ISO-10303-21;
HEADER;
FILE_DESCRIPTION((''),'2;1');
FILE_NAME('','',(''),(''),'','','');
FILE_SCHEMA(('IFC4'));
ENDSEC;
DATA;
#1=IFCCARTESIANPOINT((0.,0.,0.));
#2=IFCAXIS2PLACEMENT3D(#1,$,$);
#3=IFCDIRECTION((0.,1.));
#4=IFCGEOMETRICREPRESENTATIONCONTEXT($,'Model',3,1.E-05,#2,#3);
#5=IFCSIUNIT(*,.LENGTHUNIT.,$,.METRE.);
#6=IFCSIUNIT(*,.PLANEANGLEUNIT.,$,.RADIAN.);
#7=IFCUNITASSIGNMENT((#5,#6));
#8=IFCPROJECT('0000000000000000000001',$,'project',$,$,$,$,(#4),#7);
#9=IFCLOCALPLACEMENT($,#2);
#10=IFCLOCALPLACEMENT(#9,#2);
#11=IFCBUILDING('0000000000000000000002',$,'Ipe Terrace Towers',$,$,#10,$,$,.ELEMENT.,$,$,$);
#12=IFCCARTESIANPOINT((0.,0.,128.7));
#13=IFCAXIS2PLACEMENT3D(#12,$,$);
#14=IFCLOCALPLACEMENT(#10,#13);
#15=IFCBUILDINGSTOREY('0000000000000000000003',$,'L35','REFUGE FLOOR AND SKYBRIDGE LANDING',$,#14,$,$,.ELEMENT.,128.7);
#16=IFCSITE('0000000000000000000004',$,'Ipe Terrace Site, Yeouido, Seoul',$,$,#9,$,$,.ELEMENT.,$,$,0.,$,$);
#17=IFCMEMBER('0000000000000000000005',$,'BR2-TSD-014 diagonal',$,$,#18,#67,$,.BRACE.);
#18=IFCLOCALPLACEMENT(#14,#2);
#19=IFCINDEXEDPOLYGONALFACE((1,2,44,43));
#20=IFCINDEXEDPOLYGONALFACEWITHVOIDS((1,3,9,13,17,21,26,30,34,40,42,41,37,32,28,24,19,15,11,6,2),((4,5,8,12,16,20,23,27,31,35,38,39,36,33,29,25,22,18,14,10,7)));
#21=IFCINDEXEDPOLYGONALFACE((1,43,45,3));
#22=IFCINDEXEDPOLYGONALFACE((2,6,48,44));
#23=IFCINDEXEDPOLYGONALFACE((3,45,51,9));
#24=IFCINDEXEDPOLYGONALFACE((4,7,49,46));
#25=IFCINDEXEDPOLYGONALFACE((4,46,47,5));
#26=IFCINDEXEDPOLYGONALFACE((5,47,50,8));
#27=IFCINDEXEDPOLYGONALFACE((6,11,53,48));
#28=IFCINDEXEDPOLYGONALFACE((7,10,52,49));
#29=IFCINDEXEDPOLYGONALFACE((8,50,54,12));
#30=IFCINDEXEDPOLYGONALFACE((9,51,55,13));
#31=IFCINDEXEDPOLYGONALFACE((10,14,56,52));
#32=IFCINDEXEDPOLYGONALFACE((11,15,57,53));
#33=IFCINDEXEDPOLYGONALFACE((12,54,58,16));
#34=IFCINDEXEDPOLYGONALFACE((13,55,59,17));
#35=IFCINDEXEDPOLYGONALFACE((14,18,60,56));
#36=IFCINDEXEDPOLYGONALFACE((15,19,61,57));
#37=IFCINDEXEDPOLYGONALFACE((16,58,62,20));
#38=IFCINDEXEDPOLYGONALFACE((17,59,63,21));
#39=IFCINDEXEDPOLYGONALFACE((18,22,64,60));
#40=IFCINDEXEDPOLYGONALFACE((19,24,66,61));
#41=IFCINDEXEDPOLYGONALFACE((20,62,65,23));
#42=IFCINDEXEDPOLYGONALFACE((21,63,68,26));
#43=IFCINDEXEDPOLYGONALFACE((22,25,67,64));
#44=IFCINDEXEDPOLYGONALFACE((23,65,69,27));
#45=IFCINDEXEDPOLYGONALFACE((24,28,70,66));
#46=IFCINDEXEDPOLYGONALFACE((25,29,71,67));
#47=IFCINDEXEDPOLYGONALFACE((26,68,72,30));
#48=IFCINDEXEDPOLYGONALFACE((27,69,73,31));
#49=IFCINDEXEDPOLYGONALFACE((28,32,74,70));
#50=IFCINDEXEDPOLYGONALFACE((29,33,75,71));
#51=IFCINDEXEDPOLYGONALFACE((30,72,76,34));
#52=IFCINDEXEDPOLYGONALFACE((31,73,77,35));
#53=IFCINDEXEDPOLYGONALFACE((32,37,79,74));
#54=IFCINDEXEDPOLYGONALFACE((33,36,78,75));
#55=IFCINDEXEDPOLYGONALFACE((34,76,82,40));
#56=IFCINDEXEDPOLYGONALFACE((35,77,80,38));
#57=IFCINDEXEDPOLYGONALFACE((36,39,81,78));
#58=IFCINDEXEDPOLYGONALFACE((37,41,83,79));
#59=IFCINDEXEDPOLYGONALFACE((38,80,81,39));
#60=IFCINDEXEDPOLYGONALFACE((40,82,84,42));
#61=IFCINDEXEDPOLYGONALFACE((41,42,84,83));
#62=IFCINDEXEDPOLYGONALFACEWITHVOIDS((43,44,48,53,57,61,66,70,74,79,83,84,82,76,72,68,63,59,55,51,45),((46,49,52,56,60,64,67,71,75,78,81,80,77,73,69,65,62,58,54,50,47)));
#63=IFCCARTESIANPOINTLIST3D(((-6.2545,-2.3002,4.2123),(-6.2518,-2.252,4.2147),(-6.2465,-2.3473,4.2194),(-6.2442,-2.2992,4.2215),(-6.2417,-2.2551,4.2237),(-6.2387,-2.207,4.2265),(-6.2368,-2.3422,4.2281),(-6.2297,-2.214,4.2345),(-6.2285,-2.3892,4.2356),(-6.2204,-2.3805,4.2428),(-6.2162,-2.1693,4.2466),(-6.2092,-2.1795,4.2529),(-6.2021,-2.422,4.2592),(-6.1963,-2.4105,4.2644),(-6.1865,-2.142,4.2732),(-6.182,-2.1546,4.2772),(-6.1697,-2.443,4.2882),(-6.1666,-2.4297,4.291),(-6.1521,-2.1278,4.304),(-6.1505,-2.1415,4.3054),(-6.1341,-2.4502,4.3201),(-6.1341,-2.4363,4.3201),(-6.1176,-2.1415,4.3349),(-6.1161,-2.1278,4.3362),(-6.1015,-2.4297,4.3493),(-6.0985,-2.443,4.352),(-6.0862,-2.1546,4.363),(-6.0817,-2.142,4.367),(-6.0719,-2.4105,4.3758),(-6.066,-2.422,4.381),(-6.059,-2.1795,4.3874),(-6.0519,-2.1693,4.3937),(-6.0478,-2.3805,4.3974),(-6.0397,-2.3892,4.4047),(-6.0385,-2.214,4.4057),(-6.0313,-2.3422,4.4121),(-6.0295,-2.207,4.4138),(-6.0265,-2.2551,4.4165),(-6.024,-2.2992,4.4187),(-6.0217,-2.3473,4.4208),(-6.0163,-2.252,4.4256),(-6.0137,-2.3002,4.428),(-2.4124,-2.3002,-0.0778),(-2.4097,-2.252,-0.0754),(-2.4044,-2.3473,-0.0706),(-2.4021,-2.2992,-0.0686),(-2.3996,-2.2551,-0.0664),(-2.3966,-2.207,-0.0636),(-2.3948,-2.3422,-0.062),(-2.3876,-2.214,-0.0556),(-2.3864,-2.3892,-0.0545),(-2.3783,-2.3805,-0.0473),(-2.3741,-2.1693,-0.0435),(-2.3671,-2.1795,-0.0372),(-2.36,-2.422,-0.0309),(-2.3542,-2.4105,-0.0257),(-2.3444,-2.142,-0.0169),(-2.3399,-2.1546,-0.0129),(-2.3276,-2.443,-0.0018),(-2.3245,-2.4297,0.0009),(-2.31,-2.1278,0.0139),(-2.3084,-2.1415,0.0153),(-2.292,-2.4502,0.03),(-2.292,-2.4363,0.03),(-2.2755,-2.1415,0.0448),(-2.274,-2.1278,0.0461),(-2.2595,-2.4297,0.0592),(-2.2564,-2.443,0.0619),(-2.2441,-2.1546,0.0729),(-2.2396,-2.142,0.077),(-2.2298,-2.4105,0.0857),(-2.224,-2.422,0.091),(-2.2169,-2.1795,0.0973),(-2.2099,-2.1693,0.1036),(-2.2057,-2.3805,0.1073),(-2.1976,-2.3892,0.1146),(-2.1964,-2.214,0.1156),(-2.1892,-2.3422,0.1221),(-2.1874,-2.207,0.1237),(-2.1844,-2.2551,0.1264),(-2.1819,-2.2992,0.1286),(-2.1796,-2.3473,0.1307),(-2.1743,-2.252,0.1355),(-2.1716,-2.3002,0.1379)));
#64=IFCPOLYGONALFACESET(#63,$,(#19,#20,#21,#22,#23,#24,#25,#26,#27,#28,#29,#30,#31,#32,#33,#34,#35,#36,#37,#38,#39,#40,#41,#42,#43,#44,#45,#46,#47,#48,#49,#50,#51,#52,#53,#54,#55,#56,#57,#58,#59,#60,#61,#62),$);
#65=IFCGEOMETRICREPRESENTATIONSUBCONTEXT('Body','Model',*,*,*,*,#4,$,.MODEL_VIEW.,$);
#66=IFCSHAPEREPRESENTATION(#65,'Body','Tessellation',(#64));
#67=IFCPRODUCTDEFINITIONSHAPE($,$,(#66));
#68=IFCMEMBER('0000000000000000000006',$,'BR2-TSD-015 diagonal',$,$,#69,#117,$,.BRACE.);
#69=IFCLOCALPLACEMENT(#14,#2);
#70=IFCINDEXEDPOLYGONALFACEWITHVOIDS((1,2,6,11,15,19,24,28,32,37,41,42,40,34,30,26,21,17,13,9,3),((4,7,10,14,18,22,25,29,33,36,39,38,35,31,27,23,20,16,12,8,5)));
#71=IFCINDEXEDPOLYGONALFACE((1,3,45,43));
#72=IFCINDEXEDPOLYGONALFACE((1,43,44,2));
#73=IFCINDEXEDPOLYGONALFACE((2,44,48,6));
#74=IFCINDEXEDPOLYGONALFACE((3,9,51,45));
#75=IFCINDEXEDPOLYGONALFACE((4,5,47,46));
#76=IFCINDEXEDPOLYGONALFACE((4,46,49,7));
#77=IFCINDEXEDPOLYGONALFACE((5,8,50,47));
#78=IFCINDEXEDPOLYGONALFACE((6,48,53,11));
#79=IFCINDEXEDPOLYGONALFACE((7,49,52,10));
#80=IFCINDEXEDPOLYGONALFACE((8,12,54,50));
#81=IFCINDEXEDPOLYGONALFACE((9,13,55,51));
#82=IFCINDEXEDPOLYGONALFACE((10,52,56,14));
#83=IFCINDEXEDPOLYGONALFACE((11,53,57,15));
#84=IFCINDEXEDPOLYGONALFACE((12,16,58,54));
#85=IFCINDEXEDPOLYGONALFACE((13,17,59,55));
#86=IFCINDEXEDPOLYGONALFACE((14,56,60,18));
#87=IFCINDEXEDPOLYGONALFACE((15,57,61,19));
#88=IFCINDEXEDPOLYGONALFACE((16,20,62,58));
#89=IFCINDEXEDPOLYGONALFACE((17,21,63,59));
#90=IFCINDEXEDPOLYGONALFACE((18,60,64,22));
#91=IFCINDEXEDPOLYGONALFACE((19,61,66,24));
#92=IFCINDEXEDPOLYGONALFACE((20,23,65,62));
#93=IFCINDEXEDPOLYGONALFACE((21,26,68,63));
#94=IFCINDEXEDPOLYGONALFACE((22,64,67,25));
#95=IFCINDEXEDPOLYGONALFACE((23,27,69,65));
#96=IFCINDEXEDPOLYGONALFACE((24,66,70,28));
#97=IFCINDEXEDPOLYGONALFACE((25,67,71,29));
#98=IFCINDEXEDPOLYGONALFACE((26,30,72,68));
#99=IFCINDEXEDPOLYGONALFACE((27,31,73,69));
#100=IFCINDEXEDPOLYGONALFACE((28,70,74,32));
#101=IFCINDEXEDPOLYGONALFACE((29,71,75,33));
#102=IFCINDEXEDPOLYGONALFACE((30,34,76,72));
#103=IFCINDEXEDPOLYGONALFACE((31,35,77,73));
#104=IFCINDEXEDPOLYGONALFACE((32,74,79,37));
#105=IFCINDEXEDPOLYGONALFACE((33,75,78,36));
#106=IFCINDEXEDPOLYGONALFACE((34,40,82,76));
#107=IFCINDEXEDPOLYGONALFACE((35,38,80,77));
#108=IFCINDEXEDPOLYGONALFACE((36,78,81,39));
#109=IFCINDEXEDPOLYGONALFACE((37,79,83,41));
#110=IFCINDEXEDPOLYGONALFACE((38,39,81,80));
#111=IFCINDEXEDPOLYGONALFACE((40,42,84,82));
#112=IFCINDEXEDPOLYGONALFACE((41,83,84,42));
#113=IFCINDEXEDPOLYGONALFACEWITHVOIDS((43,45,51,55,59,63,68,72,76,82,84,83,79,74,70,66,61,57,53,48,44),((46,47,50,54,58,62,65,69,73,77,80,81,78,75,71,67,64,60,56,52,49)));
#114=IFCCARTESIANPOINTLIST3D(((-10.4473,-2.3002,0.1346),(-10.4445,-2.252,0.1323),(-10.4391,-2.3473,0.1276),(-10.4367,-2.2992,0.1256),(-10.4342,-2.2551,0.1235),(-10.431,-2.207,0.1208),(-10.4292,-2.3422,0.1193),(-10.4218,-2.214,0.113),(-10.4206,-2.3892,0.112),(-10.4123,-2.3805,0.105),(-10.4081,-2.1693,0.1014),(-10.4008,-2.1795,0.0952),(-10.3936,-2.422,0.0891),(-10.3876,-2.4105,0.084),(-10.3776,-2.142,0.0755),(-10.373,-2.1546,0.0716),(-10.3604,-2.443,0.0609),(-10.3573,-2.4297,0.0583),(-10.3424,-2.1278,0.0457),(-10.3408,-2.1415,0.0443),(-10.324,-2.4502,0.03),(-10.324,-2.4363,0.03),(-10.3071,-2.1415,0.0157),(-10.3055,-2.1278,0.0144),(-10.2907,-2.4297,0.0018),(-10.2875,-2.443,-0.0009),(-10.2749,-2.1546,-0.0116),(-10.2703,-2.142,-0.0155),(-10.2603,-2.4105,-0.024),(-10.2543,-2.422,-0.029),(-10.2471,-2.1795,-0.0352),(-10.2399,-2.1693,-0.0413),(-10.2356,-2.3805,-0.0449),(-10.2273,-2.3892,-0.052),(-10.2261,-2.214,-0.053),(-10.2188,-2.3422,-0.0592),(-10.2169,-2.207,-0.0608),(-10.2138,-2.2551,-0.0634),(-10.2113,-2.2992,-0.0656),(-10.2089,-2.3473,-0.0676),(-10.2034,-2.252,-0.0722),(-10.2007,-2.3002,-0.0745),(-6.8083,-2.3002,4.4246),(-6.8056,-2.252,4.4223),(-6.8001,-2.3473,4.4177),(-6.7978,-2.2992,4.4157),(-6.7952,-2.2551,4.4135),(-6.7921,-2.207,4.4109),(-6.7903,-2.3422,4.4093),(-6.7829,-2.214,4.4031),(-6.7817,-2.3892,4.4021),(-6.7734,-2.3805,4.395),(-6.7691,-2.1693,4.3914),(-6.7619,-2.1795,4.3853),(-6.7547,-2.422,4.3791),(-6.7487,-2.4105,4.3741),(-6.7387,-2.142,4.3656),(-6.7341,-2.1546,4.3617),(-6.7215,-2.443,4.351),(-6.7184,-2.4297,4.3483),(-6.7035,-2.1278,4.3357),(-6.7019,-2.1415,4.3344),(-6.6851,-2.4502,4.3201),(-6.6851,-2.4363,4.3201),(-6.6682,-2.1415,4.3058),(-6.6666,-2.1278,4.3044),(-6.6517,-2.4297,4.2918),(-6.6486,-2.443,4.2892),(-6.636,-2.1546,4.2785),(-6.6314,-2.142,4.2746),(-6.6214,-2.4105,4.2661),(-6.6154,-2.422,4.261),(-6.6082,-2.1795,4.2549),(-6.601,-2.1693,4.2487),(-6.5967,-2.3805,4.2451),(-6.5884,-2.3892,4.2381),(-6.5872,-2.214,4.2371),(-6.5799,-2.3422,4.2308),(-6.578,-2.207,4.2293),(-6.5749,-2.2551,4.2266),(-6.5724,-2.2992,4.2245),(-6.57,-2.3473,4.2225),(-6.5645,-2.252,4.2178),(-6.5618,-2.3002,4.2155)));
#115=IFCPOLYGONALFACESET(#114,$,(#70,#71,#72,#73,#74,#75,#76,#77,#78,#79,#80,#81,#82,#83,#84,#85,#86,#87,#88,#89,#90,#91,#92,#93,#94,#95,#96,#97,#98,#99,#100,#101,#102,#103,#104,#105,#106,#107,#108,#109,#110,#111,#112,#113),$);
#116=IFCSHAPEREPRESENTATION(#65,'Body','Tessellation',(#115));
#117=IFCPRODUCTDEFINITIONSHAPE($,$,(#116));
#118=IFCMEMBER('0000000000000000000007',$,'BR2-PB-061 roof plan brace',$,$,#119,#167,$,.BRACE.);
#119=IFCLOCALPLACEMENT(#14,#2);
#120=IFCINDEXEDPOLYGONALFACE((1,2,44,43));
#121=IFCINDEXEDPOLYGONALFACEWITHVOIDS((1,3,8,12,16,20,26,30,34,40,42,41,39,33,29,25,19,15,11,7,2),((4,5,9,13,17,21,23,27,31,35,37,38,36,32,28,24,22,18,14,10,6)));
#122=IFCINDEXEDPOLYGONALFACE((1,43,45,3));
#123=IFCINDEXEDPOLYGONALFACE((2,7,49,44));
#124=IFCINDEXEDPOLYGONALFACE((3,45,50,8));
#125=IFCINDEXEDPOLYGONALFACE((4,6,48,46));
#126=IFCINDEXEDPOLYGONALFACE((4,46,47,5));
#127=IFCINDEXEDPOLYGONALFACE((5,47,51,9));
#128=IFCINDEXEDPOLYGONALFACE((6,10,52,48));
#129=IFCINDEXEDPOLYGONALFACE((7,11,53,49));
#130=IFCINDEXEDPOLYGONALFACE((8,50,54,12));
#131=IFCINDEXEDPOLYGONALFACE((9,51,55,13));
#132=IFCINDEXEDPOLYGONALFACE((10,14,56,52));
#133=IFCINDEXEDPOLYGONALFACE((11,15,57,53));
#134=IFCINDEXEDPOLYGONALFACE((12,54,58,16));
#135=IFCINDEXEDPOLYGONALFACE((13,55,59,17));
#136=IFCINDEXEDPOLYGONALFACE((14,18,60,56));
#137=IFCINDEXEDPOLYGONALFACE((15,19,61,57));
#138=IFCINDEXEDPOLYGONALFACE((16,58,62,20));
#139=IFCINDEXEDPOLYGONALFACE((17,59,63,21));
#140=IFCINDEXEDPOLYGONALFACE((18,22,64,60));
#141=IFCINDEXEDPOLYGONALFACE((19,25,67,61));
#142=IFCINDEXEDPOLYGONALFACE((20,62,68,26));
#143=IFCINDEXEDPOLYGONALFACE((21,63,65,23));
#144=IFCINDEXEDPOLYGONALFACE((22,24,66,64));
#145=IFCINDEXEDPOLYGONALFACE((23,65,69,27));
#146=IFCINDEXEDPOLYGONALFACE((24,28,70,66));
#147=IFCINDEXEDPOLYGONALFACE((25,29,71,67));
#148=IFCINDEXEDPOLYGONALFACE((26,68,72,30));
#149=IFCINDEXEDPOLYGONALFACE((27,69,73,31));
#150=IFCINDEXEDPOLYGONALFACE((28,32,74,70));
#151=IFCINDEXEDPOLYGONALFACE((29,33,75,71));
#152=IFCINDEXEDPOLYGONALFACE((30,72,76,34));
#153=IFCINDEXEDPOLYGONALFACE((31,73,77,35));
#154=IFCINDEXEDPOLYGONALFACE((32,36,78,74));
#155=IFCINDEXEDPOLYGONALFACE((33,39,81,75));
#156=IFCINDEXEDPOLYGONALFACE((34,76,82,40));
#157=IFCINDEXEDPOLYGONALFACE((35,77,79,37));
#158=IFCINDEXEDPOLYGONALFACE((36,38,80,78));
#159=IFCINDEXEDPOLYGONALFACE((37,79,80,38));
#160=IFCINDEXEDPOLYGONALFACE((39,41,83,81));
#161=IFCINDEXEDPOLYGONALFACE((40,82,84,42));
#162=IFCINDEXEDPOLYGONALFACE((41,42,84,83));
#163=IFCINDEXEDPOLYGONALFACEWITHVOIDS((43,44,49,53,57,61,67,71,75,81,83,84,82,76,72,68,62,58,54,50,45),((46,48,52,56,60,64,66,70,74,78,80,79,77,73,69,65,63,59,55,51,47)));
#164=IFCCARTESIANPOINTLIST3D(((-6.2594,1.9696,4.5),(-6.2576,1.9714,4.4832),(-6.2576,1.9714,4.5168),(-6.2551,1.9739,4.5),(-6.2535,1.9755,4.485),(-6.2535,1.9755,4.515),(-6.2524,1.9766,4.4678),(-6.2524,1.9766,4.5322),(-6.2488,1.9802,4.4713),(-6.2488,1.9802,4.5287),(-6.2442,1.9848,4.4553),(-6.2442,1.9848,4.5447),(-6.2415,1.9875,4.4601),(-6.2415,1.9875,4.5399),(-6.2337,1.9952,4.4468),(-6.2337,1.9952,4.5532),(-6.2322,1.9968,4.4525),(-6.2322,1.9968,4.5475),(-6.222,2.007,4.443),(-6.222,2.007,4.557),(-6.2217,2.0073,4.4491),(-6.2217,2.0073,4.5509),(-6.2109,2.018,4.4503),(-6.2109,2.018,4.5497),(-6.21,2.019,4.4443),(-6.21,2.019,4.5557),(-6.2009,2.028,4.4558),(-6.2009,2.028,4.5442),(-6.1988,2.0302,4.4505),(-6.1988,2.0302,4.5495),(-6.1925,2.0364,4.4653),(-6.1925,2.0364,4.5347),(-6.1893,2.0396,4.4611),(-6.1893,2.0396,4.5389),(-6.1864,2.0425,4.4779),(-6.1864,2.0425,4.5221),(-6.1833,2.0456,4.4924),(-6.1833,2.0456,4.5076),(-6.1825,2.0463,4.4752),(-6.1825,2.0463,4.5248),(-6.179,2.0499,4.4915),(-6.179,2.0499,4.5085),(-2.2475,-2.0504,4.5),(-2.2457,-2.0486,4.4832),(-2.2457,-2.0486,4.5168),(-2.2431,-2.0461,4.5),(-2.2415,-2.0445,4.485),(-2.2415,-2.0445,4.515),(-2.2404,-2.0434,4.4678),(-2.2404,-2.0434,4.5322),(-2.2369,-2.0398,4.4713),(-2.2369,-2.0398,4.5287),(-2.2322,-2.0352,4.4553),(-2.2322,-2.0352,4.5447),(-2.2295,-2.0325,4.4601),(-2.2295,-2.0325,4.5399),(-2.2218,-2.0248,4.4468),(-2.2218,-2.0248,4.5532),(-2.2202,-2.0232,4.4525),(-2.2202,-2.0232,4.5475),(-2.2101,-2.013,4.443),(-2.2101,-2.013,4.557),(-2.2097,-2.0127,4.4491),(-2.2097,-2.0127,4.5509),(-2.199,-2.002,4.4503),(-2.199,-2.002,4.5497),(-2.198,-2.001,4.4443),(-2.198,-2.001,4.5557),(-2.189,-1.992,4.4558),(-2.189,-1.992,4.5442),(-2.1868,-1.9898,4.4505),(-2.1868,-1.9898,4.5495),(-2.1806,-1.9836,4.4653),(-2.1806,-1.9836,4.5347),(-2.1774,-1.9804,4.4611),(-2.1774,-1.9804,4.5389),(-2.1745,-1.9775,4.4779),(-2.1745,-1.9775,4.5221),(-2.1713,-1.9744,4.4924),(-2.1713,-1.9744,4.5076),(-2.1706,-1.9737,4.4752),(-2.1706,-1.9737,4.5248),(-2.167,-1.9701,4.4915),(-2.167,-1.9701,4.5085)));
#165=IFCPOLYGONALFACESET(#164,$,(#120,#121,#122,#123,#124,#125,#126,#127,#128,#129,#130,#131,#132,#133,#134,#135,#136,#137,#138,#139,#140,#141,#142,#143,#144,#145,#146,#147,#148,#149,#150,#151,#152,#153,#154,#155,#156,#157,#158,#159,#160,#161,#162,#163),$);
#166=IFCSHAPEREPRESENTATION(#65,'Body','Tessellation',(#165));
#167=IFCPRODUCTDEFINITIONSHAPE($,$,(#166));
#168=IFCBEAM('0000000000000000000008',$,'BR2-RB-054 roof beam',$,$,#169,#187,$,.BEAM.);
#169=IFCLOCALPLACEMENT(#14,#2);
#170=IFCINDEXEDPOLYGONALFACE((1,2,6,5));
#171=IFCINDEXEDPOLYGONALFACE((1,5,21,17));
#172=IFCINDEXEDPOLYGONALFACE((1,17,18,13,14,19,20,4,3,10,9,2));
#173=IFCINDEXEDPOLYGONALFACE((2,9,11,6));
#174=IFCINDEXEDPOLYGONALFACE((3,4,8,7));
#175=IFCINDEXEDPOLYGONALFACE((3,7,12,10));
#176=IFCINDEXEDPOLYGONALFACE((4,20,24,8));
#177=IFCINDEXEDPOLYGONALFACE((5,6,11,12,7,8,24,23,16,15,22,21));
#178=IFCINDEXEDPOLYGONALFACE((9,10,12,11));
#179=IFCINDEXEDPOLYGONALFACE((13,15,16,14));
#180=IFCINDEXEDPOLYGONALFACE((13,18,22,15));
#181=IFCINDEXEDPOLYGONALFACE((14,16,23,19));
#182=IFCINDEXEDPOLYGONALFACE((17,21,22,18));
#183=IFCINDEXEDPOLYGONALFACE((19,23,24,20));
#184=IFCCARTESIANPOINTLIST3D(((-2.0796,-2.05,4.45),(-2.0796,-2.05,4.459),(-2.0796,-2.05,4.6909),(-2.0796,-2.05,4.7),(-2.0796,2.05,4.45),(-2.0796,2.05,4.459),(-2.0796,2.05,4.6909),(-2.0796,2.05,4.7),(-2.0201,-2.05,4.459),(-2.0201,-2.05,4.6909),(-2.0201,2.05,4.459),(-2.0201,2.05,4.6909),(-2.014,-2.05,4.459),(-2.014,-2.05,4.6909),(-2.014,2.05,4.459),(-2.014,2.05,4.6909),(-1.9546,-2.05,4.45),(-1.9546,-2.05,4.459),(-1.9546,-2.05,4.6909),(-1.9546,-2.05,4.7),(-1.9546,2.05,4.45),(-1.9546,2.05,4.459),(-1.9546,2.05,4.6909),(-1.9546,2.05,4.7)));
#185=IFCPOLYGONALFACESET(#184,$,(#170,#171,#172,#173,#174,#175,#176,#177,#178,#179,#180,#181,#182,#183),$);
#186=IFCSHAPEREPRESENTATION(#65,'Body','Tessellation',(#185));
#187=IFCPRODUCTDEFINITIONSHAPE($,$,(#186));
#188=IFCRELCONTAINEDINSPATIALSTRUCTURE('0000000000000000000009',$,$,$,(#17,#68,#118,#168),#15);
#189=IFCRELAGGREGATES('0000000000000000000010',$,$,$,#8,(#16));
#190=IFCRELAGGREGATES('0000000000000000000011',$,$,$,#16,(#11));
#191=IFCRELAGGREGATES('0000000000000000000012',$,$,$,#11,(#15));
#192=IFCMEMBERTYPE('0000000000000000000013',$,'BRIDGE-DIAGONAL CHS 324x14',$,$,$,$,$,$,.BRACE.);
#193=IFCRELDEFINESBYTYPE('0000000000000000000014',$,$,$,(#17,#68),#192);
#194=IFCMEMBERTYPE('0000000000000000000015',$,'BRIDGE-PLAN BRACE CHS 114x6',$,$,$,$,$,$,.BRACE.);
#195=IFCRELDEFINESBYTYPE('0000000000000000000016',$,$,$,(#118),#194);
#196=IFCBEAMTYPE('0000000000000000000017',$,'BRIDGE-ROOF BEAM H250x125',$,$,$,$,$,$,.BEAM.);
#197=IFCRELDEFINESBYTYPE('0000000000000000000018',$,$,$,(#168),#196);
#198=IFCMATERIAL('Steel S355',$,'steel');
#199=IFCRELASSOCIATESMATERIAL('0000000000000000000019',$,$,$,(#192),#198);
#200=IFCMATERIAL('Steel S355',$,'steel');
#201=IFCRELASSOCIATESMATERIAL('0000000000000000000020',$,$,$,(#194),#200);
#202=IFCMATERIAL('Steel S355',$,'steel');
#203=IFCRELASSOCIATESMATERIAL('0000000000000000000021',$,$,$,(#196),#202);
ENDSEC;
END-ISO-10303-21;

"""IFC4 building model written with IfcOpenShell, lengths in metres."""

from ifc_helpers import new_model, si_unit, direction, frame, origin, origin_2d, place, context, subcontext, project, spatial, hollow_circle, i_section, extrude, material, material_profile, profile_set, type_object, element, save


model = new_model("IFC4")

# Units and contexts
model_context = context("Model", 3, precision=1e-05, world=origin(), true_north=direction((0.0, 1.0)))
body_context = subcontext(model_context, "Body", "Model", "MODEL_VIEW")
ifc_project = project(units=[si_unit("LENGTHUNIT", "METRE"), si_unit("PLANEANGLEUNIT", "RADIAN")], contexts=[model_context])

# Site, building, storey
site_placement = place(None, origin())
site = spatial("IfcSite", under=ifc_project, at=site_placement, Name="Ipe Terrace Site, Yeouido, Seoul", CompositionType="ELEMENT", RefElevation=0.0)
building_placement = place(site_placement, origin())
building = spatial("IfcBuilding", under=site, at=building_placement, Name="Ipe Terrace Towers", CompositionType="ELEMENT")
storey_placement = place(building_placement, frame((0.0, 0.0, 128.7)))
storey = spatial("IfcBuildingStorey", under=building, at=storey_placement, Name="L35", Description="REFUGE FLOOR AND SKYBRIDGE LANDING", CompositionType="ELEMENT", Elevation=128.7)

# Members
ifc_material_1 = material(Name="Steel S355", Category="steel")
ifc_material_profile_1 = material_profile(ifc_material_1, hollow_circle(Radius=0.1621, WallThickness=0.0139, at=origin_2d()), Name="BRIDGE-DIAGONAL CHS 324x14")
ifc_profile_set_1 = profile_set([ifc_material_profile_1], Name="Steel S355")
member_type_1 = type_object("IfcMemberType", Name="BRIDGE-DIAGONAL CHS 324x14", PredefinedType="BRACE", material=ifc_profile_set_1)
member_1_placement = place(storey_placement, frame((-2.292, -2.2881, 0.03), z_axis=(-0.667141, 0.0, 0.744932), x_axis=(0.0, -1.0, 0.0)))
element("IfcMember", 1, at=member_1_placement, inside=storey, type_object=member_type_1, Name="BR2-TSD-014 diagonal", PredefinedType="BRACE", context=body_context, shape_type="SweptSolid", body=[
    extrude(hollow_circle(Radius=0.1621, WallThickness=0.0139, at=origin_2d()), origin(), (0.0, 0.0, 1.0), 5.759),
])
member_2_placement = place(storey_placement, frame((-6.6851, -2.2881, 4.3201), z_axis=(-0.646862, 0.0, -0.762607), x_axis=(0.0, -1.0, 0.0)))
element("IfcMember", 2, at=member_2_placement, inside=storey, type_object=member_type_1, Name="BR2-TSD-015 diagonal", PredefinedType="BRACE", context=body_context, shape_type="SweptSolid", body=[
    extrude(hollow_circle(Radius=0.1621, WallThickness=0.0139, at=origin_2d()), origin(), (0.0, 0.0, 1.0), 5.6255),
])
ifc_material_2 = material(Name="Steel S355", Category="steel")
ifc_material_profile_2 = material_profile(ifc_material_2, hollow_circle(Radius=0.0571, WallThickness=0.0061, at=origin_2d()), Name="BRIDGE-PLAN BRACE CHS 114x6")
ifc_profile_set_2 = profile_set([ifc_material_profile_2], Name="Steel S355")
member_type_2 = type_object("IfcMemberType", Name="BRIDGE-PLAN BRACE CHS 114x6", PredefinedType="BRACE", material=ifc_profile_set_2)
member_3_placement = place(storey_placement, frame((-2.207, -2.01, 4.5), z_axis=(-0.706397, 0.707816, 0.0), x_axis=(-0.707816, -0.706397, 0.0)))
element("IfcMember", 3, at=member_3_placement, inside=storey, type_object=member_type_2, Name="BR2-PB-061 roof plan brace", PredefinedType="BRACE", context=body_context, shape_type="SweptSolid", body=[
    extrude(hollow_circle(Radius=0.0571, WallThickness=0.0061, at=origin_2d()), origin(), (0.0, 0.0, 1.0), 5.6794),
])

# Beam
ifc_material_3 = material(Name="Steel S355", Category="steel")
ifc_material_profile_3 = material_profile(ifc_material_3, i_section(OverallWidth=0.125, OverallDepth=0.25, WebThickness=0.0061, FlangeThickness=0.009, at=origin_2d()), Name="H250x125")
ifc_profile_set_3 = profile_set([ifc_material_profile_3], Name="Steel S355")
beam_type_1 = type_object("IfcBeamType", Name="BRIDGE-ROOF BEAM H250x125", PredefinedType="BEAM", material=ifc_profile_set_3)
for number, where, z_axis, x_axis, name in (
    (4, (-2.0171, -2.05, 4.575), (0.0, 1.0, 0.0), (-1.0, 0.0, 0.0), "BR2-RB-054 roof beam"),
):
    element("IfcBeam", number, at=place(storey_placement, frame(where, z_axis=z_axis, x_axis=x_axis)), inside=storey, type_object=beam_type_1, Name=name, PredefinedType="BEAM", context=body_context, shape_type="SweptSolid", body=[
        extrude(i_section(OverallWidth=0.125, OverallDepth=0.25, WebThickness=0.0061, FlangeThickness=0.009, at=origin_2d()), origin(), (0.0, 0.0, 1.0), 4.1001),
    ])

save(model, "model.ifc")
